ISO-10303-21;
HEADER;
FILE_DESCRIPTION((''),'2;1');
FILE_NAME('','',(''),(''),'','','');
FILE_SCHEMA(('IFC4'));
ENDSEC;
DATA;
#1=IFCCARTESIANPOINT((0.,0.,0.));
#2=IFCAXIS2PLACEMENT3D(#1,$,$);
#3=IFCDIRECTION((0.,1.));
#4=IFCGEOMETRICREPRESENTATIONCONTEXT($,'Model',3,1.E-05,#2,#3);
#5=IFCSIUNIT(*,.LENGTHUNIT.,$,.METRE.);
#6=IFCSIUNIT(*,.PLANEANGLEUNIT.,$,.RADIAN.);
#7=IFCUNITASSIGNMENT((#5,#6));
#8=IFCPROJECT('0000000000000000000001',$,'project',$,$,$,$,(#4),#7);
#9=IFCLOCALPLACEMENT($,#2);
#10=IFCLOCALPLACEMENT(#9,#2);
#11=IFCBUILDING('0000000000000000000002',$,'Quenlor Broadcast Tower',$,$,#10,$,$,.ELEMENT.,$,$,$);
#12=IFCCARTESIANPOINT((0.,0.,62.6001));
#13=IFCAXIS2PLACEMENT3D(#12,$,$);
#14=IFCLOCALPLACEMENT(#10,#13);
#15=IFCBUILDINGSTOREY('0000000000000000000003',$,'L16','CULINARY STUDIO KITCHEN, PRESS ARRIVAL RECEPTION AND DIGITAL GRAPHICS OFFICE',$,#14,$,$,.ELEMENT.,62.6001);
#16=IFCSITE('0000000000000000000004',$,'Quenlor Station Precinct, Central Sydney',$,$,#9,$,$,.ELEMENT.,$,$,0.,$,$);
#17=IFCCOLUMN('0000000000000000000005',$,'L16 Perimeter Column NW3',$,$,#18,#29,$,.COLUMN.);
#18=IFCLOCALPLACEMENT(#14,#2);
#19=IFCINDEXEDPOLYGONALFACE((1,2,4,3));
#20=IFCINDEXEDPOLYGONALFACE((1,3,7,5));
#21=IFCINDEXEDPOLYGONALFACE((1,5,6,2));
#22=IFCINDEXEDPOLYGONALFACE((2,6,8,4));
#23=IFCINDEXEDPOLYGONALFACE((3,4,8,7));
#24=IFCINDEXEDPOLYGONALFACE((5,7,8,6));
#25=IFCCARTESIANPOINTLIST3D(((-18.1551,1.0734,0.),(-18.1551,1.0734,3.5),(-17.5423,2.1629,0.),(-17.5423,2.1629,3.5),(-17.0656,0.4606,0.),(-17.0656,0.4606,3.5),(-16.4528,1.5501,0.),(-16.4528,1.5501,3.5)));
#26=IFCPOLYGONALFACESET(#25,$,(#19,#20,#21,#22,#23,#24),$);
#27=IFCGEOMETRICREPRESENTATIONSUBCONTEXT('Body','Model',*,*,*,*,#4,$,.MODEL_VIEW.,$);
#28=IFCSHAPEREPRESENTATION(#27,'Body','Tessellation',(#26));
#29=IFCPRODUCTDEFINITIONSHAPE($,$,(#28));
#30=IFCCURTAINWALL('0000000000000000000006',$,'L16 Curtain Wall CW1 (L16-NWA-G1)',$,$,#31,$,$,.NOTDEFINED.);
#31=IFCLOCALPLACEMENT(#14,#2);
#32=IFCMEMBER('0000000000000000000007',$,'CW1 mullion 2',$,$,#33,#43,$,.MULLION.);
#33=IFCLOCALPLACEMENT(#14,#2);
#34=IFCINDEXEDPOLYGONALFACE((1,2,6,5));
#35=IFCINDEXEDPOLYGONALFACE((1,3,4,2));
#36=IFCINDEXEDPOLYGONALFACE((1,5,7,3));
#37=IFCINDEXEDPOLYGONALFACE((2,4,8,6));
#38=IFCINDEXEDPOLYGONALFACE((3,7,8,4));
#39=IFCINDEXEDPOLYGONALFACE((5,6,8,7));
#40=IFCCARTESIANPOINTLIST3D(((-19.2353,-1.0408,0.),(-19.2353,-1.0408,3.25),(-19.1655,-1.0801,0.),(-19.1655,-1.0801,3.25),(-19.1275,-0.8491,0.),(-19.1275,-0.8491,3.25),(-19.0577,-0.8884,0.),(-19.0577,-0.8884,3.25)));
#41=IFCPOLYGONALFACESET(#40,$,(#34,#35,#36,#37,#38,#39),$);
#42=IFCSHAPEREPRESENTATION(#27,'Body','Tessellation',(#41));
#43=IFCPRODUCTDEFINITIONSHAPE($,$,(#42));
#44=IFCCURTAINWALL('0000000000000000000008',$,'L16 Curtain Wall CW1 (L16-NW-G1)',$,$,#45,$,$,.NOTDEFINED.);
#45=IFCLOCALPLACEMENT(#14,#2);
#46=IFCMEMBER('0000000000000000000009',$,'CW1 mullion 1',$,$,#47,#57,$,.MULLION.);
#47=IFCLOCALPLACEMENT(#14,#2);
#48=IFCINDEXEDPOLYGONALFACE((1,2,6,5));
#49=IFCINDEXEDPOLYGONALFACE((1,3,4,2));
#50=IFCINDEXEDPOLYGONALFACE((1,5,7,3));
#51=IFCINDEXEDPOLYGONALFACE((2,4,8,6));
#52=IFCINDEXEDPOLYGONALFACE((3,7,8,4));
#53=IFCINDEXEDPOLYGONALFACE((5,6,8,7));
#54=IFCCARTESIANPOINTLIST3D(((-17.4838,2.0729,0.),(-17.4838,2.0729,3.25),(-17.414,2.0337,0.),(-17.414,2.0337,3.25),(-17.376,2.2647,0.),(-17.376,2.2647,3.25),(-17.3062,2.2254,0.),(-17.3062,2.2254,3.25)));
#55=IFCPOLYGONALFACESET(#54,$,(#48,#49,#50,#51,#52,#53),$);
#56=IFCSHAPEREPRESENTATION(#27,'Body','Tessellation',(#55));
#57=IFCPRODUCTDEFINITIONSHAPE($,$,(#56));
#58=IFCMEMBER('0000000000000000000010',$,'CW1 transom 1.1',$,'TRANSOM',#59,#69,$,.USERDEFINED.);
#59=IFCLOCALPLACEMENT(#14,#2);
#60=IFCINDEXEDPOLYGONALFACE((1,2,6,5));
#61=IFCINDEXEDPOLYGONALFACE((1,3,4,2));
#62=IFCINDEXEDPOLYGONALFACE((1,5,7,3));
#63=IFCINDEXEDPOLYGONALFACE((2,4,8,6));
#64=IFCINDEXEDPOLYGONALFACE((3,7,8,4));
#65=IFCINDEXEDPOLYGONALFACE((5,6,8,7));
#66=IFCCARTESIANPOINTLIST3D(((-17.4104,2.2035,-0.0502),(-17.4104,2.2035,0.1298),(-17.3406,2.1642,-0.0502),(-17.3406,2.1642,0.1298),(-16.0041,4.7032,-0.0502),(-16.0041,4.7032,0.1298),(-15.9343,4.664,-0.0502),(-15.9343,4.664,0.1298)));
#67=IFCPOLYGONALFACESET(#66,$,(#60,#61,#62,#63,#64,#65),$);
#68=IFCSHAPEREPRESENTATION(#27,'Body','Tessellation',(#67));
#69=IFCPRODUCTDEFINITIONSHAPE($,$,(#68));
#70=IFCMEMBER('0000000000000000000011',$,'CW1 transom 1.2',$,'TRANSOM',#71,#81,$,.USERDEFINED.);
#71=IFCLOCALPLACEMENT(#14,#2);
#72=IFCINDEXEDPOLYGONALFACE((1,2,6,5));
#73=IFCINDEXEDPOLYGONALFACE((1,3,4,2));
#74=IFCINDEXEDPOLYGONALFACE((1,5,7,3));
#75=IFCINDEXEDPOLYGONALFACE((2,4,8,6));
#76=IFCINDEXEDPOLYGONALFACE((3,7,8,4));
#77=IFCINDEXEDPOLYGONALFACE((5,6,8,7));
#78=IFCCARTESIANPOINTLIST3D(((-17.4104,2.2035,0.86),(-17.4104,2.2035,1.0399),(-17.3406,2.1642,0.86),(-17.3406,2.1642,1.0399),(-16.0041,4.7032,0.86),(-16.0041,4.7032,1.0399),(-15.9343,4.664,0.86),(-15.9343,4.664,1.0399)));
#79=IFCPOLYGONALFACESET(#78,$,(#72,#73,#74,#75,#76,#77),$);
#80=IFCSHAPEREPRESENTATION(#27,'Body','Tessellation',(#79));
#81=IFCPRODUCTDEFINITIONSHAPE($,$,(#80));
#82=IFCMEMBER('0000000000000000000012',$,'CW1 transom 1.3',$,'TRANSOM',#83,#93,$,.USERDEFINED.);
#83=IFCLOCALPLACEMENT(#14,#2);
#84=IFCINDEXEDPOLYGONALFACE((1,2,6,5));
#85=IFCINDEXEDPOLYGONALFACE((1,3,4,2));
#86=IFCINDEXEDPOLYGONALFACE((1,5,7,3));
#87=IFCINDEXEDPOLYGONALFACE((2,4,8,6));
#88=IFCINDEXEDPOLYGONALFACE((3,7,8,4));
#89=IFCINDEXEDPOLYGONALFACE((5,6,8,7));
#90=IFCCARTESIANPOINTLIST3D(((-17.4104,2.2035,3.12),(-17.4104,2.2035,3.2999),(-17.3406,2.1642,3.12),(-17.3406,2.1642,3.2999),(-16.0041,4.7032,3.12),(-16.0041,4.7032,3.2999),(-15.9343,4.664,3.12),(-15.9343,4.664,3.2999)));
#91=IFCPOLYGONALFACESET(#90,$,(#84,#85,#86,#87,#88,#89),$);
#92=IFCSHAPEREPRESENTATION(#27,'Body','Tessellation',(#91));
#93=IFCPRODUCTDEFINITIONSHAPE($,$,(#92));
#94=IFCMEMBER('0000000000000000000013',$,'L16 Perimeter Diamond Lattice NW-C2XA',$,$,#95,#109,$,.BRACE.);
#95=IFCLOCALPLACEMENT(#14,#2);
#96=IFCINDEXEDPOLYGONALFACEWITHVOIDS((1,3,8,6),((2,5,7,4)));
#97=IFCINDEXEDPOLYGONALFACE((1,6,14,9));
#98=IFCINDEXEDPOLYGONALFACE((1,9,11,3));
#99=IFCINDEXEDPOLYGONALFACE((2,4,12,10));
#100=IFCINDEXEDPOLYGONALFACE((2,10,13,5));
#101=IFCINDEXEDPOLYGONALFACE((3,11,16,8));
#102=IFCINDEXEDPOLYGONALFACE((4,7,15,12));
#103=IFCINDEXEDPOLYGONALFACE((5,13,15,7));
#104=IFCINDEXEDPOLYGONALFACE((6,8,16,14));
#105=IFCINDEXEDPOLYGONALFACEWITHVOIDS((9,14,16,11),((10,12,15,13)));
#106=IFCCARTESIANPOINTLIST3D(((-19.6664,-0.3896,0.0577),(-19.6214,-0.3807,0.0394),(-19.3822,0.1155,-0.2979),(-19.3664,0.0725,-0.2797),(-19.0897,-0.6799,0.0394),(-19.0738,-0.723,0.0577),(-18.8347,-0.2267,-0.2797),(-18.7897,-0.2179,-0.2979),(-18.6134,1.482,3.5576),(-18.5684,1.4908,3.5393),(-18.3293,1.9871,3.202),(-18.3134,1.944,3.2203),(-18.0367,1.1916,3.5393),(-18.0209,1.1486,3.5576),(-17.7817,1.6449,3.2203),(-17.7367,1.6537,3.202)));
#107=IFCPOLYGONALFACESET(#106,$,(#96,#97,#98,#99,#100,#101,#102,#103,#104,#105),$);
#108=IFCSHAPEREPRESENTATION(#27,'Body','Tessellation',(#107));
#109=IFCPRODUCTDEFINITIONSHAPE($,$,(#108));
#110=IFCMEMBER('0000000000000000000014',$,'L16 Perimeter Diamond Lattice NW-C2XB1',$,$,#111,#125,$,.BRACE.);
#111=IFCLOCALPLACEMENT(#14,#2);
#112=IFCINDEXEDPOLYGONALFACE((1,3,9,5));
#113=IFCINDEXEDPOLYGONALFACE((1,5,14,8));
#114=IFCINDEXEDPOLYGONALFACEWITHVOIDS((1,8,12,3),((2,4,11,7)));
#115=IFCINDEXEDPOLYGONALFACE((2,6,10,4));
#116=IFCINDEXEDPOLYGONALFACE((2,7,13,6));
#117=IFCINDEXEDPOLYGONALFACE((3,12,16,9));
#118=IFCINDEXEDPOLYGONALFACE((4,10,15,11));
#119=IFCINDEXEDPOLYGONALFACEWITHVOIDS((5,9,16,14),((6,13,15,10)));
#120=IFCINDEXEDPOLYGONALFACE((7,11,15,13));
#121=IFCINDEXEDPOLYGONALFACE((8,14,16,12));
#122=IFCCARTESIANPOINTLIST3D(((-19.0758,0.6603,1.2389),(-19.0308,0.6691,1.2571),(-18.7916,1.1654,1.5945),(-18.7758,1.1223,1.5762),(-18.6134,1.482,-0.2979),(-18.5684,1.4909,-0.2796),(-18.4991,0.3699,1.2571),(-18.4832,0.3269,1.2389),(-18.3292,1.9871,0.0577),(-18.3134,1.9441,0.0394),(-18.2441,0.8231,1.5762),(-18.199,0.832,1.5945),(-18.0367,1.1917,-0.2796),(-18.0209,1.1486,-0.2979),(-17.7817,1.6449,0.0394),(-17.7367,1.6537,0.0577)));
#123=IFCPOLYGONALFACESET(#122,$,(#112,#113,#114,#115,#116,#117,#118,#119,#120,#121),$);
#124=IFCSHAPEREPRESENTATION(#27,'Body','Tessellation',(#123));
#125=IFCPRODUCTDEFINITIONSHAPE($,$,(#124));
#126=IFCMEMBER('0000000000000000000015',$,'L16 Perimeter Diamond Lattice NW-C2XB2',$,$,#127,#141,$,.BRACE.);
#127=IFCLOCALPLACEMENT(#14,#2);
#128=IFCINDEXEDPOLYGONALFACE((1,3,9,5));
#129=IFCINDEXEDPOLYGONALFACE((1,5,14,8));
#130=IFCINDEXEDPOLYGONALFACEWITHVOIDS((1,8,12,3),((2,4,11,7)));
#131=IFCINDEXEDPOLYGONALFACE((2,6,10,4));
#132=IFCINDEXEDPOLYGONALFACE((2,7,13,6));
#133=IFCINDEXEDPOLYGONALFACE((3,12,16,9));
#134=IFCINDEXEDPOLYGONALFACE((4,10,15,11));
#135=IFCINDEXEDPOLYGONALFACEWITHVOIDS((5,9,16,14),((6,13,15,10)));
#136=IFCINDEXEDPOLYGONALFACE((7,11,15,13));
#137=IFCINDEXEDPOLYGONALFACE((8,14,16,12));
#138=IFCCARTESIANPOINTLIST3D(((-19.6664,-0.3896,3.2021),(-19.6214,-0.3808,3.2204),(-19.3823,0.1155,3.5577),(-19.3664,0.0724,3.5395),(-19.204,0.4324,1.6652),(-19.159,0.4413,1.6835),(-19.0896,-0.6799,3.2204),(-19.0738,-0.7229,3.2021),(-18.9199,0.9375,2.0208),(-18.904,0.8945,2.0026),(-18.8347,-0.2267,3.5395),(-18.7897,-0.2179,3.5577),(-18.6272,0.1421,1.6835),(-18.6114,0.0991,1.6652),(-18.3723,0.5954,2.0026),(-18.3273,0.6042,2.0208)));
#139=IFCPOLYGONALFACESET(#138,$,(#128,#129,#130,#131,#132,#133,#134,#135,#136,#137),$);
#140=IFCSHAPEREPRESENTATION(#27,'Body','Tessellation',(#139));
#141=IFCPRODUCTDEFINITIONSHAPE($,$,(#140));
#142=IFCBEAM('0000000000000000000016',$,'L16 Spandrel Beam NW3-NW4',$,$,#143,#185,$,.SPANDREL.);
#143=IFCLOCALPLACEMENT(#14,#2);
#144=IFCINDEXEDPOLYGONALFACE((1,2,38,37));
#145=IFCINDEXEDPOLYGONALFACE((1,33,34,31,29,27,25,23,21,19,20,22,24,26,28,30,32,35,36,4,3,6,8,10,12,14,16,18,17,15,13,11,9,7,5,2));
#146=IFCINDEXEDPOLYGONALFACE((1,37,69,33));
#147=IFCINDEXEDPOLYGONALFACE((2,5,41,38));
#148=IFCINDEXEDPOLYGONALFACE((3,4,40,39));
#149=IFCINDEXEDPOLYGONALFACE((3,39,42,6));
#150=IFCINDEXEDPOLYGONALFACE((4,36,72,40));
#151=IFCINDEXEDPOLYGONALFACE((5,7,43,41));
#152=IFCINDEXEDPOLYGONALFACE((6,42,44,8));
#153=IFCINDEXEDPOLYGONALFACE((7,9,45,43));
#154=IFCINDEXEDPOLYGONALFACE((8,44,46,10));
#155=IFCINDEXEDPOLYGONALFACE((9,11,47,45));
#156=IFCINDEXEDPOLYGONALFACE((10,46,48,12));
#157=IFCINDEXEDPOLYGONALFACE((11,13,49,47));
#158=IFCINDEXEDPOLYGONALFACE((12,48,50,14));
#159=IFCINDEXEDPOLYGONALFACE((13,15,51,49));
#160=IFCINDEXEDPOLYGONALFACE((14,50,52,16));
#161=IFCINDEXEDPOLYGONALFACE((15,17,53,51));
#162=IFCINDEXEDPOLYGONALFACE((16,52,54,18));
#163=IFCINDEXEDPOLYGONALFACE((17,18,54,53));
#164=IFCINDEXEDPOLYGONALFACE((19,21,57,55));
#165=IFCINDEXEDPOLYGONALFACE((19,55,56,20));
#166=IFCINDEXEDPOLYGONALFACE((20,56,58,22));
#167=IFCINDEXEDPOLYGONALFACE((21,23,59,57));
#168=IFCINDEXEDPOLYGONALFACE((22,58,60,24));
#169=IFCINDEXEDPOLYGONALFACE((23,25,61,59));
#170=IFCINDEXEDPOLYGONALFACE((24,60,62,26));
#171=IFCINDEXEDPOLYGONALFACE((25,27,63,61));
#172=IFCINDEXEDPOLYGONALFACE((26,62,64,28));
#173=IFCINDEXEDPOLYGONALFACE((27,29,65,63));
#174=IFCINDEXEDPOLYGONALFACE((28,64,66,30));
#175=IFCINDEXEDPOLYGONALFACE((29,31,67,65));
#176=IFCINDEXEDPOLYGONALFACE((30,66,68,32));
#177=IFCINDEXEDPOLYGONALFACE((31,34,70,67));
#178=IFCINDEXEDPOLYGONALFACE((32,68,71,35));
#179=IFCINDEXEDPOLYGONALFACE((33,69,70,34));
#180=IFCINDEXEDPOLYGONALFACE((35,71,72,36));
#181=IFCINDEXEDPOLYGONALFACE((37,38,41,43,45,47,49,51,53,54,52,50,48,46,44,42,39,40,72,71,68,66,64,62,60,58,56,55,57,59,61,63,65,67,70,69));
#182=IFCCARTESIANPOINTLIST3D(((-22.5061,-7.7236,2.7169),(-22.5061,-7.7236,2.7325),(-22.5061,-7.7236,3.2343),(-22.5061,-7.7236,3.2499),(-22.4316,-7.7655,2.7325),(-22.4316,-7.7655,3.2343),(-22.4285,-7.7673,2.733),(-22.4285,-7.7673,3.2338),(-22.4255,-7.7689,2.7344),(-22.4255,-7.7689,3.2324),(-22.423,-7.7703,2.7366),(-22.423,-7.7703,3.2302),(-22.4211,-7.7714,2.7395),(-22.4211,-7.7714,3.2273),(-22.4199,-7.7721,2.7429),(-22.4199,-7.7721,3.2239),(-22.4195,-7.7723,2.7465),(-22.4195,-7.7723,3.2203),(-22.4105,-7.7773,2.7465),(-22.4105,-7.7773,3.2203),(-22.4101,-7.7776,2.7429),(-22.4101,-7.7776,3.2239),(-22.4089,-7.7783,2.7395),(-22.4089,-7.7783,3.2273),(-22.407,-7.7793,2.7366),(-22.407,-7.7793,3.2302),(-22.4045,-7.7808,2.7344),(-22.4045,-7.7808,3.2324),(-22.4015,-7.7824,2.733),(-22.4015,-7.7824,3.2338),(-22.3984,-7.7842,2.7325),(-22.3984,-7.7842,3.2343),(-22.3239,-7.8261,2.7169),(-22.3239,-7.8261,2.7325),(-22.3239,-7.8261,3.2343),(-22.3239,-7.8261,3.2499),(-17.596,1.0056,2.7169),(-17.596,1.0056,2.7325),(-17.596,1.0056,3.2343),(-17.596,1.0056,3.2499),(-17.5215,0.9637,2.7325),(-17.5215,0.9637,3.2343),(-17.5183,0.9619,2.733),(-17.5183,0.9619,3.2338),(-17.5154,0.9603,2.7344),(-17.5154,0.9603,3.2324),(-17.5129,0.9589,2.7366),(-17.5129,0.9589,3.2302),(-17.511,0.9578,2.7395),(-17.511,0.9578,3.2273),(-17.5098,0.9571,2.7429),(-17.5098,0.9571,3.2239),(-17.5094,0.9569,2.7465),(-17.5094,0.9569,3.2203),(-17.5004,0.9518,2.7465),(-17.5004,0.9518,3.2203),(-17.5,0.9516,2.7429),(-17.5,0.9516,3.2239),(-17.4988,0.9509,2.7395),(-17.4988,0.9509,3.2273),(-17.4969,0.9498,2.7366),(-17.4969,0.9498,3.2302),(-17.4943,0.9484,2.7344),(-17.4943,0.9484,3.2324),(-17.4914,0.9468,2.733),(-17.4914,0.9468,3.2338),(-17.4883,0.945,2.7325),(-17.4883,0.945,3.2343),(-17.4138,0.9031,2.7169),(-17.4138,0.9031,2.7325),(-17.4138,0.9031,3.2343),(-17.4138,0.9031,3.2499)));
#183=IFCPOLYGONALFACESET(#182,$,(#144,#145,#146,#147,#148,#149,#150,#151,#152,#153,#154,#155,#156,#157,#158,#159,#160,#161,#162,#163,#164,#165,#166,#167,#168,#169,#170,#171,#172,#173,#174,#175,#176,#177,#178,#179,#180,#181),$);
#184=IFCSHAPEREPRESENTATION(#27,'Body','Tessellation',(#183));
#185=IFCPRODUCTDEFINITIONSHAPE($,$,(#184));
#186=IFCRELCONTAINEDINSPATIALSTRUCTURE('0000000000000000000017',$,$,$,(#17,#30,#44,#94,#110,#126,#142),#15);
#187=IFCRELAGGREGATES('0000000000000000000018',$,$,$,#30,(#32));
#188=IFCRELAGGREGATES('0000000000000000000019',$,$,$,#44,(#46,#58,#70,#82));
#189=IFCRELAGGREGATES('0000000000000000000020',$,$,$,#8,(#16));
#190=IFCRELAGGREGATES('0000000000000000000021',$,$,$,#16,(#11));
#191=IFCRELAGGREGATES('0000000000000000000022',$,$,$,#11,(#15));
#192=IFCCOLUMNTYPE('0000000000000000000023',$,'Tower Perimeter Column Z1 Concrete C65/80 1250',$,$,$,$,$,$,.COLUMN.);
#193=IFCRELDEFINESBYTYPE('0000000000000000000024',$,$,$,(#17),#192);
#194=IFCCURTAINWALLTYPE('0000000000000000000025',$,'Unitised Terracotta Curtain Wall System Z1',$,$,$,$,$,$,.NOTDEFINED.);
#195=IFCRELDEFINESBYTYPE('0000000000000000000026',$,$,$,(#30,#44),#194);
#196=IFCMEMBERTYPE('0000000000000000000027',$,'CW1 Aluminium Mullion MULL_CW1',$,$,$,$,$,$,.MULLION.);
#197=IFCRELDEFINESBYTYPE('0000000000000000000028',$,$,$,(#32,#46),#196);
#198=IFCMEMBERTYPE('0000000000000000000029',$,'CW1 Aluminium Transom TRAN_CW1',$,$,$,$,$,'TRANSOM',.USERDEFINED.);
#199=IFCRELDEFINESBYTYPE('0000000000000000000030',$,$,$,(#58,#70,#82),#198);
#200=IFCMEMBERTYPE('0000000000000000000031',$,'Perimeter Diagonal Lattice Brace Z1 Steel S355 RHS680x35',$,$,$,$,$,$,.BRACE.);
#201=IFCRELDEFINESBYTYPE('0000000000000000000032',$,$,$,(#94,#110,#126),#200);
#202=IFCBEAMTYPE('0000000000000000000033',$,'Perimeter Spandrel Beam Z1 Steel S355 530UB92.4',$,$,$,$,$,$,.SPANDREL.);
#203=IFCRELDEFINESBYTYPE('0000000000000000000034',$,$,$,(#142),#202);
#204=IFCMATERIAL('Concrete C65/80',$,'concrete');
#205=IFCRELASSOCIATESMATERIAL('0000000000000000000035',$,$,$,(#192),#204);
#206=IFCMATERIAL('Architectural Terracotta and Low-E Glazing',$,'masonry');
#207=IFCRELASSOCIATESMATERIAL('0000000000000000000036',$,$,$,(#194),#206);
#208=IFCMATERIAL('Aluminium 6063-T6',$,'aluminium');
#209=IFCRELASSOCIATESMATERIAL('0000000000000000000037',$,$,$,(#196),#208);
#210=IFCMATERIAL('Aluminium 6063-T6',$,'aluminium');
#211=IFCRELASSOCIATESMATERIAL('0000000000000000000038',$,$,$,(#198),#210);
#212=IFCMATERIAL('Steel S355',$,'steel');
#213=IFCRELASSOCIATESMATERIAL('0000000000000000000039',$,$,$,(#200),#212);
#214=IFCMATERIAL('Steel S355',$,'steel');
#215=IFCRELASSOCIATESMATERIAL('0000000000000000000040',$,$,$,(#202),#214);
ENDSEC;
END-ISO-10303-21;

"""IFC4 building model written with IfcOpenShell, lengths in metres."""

from ifc_helpers import new_model, si_unit, direction, frame, origin, origin_2d, place, context, subcontext, project, spatial, rectangle, hollow_rectangle, i_section, extrude, material, material_profile, profile_set, type_object, element, aggregate, save


model = new_model("IFC4")

# Units and contexts
model_context = context("Model", 3, precision=1e-05, world=origin(), true_north=direction((0.0, 1.0)))
body_context = subcontext(model_context, "Body", "Model", "MODEL_VIEW")
ifc_project = project(units=[si_unit("LENGTHUNIT", "METRE"), si_unit("PLANEANGLEUNIT", "RADIAN")], contexts=[model_context])

# Site, building, storey
site_placement = place(None, origin())
site = spatial("IfcSite", under=ifc_project, at=site_placement, Name="Quenlor Station Precinct, Central Sydney", CompositionType="ELEMENT", RefElevation=0.0)
building_placement = place(site_placement, origin())
building = spatial("IfcBuilding", under=site, at=building_placement, Name="Quenlor Broadcast Tower", CompositionType="ELEMENT")
storey_placement = place(building_placement, frame((0.0, 0.0, 62.6001)))
storey = spatial("IfcBuildingStorey", under=building, at=storey_placement, Name="L16", Description="CULINARY STUDIO KITCHEN, PRESS ARRIVAL RECEPTION AND DIGITAL GRAPHICS OFFICE", CompositionType="ELEMENT", Elevation=62.6001)

# Column
ifc_material_1 = material(Name="Concrete C65/80", Category="concrete")
ifc_material_profile_1 = material_profile(ifc_material_1, rectangle(XDim=1.25, YDim=1.25, at=origin_2d()))
ifc_profile_set_1 = profile_set([ifc_material_profile_1], Name="Concrete C65/80 RC1250x1250")
column_type = type_object("IfcColumnType", Name="Tower Perimeter Column Z1 Concrete C65/80 1250", PredefinedType="COLUMN", material=ifc_profile_set_1)
column_placement = place(storey_placement, frame((-17.304, 1.3118, 0.0), z_axis=(0.0, 0.0, 1.0), x_axis=(-0.871575, 0.490262, 0.0)))
element("IfcColumn", 1, at=column_placement, inside=storey, type_object=column_type, Name="L16 Perimeter Column NW3", PredefinedType="COLUMN", context=body_context, shape_type="SweptSolid", body=[
    extrude(rectangle(XDim=1.25, YDim=1.25, at=origin_2d()), origin(), (0.0, 0.0, 1.0), 3.5),
])

# Curtain wall, member
ifc_material_2 = material(Name="Architectural Terracotta and Low-E Glazing", Category="masonry")
curtain_wall_type = type_object("IfcCurtainWallType", Name="Unitised Terracotta Curtain Wall System Z1", PredefinedType="NOTDEFINED", material=ifc_material_2)
curtain_wall_1_placement = place(storey_placement, origin())
curtain_wall_1 = element("IfcCurtainWall", 2, at=curtain_wall_1_placement, inside=storey, type_object=curtain_wall_type, Name="L16 Curtain Wall CW1 (L16-NWA-G1)", PredefinedType="NOTDEFINED")
ifc_material_3 = material(Name="Aluminium 6063-T6", Category="aluminium")
ifc_material_profile_2 = material_profile(ifc_material_3, rectangle(XDim=0.0801, YDim=0.22, at=origin_2d()))
ifc_profile_set_2 = profile_set([ifc_material_profile_2], Name="Aluminium 6063-T6 MULL80x220")
member_type_1 = type_object("IfcMemberType", Name="CW1 Aluminium Mullion MULL_CW1", PredefinedType="MULLION", material=ifc_profile_set_2)
member_1_placement = place(storey_placement, frame((-19.1465, -0.9646, 0.0), z_axis=(0.0, 0.0, 1.0), x_axis=(-0.871578, 0.490257, 0.0)))
member_1 = element("IfcMember", 3, at=member_1_placement, type_object=member_type_1, Name="CW1 mullion 2", PredefinedType="MULLION", context=body_context, shape_type="SweptSolid", body=[
    extrude(rectangle(XDim=0.0801, YDim=0.22, at=origin_2d()), origin(), (0.0, 0.0, 1.0), 3.25),
])

# Curtain wall, members
curtain_wall_2_placement = place(storey_placement, origin())
curtain_wall_2 = element("IfcCurtainWall", 4, at=curtain_wall_2_placement, inside=storey, type_object=curtain_wall_type, Name="L16 Curtain Wall CW1 (L16-NW-G1)", PredefinedType="NOTDEFINED")
member_2_placement = place(storey_placement, frame((-17.395, 2.1492, 0.0), z_axis=(0.0, 0.0, 1.0), x_axis=(-0.871568, 0.490274, 0.0)))
member_2 = element("IfcMember", 5, at=member_2_placement, type_object=member_type_1, Name="CW1 mullion 1", PredefinedType="MULLION", context=body_context, shape_type="SweptSolid", body=[
    extrude(rectangle(XDim=0.0801, YDim=0.22, at=origin_2d()), origin(), (0.0, 0.0, 1.0), 3.25),
])
ifc_material_4 = material(Name="Aluminium 6063-T6", Category="aluminium")
ifc_material_profile_3 = material_profile(ifc_material_4, rectangle(XDim=0.0801, YDim=0.1799, at=origin_2d()))
ifc_profile_set_3 = profile_set([ifc_material_profile_3], Name="Aluminium 6063-T6 TRAN80x180")
member_type_2 = type_object("IfcMemberType", Name="CW1 Aluminium Transom TRAN_CW1", ElementType="TRANSOM", PredefinedType="USERDEFINED", material=ifc_profile_set_3)
member_3_placement = place(storey_placement, frame((-17.3755, 2.1838, 0.0398), z_axis=(0.490298, 0.871555, 0.0), x_axis=(-0.871555, 0.490298, 0.0)))
member_3 = element("IfcMember", 6, at=member_3_placement, type_object=member_type_2, Name="CW1 transom 1.1", ObjectType="TRANSOM", PredefinedType="USERDEFINED", context=body_context, shape_type="SweptSolid", body=[
    extrude(rectangle(XDim=0.0801, YDim=0.1799, at=origin_2d()), origin(), (0.0, 0.0, 1.0), 2.8682),
])
member_4_placement = place(storey_placement, frame((-17.3755, 2.1838, 0.95), z_axis=(0.490298, 0.871555, 0.0), x_axis=(-0.871555, 0.490298, 0.0)))
member_4 = element("IfcMember", 7, at=member_4_placement, type_object=member_type_2, Name="CW1 transom 1.2", ObjectType="TRANSOM", PredefinedType="USERDEFINED", context=body_context, shape_type="SweptSolid", body=[
    extrude(rectangle(XDim=0.0801, YDim=0.1799, at=origin_2d()), origin(), (0.0, 0.0, 1.0), 2.8682),
])
member_5_placement = place(storey_placement, frame((-17.3755, 2.1838, 3.21), z_axis=(0.490298, 0.871555, 0.0), x_axis=(-0.871555, 0.490298, 0.0)))
member_5 = element("IfcMember", 8, at=member_5_placement, type_object=member_type_2, Name="CW1 transom 1.3", ObjectType="TRANSOM", PredefinedType="USERDEFINED", context=body_context, shape_type="SweptSolid", body=[
    extrude(rectangle(XDim=0.0801, YDim=0.1799, at=origin_2d()), origin(), (0.0, 0.0, 1.0), 2.8682),
])

# Members
ifc_material_5 = material(Name="Steel S355", Category="steel")
ifc_material_profile_4 = material_profile(ifc_material_5, hollow_rectangle(XDim=0.6799, YDim=0.6799, WallThickness=0.0349, at=origin_2d()))
ifc_profile_set_4 = profile_set([ifc_material_profile_4], Name="Steel S355 RHS680x680x35")
member_type_3 = type_object("IfcMemberType", Name="Perimeter Diagonal Lattice Brace Z1 Steel S355 RHS680x35", PredefinedType="BRACE", material=ifc_profile_set_4)
member_6_placement = place(storey_placement, frame((-19.228, -0.3037, -0.1201), z_axis=(0.256431, 0.455785, 0.852352), x_axis=(-0.871533, 0.490337, 0.0)))
element("IfcMember", 9, at=member_6_placement, inside=storey, type_object=member_type_3, Name="L16 Perimeter Diamond Lattice NW-C2XA", PredefinedType="BRACE", context=body_context, shape_type="SweptSolid", body=[
    extrude(hollow_rectangle(XDim=0.6799, YDim=0.6799, WallThickness=0.0349, at=origin_2d()), origin(), (0.0, 0.0, 1.0), 4.1062),
])
member_7_placement = place(storey_placement, frame((-18.175, 1.5679, -0.1201), z_axis=(-0.256452, -0.455764, 0.852357), x_axis=(0.871506, -0.490384, 0.0)))
element("IfcMember", 10, at=member_7_placement, inside=storey, type_object=member_type_3, Name="L16 Perimeter Diamond Lattice NW-C2XB1", PredefinedType="BRACE", context=body_context, shape_type="SweptSolid", body=[
    extrude(hollow_rectangle(XDim=0.6799, YDim=0.6799, WallThickness=0.0349, at=origin_2d()), origin(), (0.0, 0.0, 1.0), 1.803),
])
member_8_placement = place(storey_placement, frame((-18.7656, 0.5183, 1.843), z_axis=(-0.256436, -0.455871, 0.852304), x_axis=(0.871569, -0.490274, 0.0)))
element("IfcMember", 11, at=member_8_placement, inside=storey, type_object=member_type_3, Name="L16 Perimeter Diamond Lattice NW-C2XB2", PredefinedType="BRACE", context=body_context, shape_type="SweptSolid", body=[
    extrude(hollow_rectangle(XDim=0.6799, YDim=0.6799, WallThickness=0.0349, at=origin_2d()), origin(), (0.0, 0.0, 1.0), 1.8032),
])

# Beam
ifc_material_6 = material(Name="Steel S355", Category="steel")
ifc_material_profile_5 = material_profile(ifc_material_6, i_section(OverallWidth=0.209, OverallDepth=0.533, WebThickness=0.0103, FlangeThickness=0.0156, FilletRadius=0.0139, at=origin_2d()))
ifc_profile_set_5 = profile_set([ifc_material_profile_5], Name="Steel S355 530UB92.4")
beam_type_1 = type_object("IfcBeamType", Name="Perimeter Spandrel Beam Z1 Steel S355 530UB92.4", PredefinedType="SPANDREL", material=ifc_profile_set_5)
beam_1_placement = place(storey_placement, frame((-17.5049, 0.9543, 2.9834), z_axis=(-0.490258, -0.871577, 0.0), x_axis=(0.871577, -0.490258, 0.0)))
element("IfcBeam", 12, at=beam_1_placement, inside=storey, type_object=beam_type_1, Name="L16 Spandrel Beam NW3-NW4", PredefinedType="SPANDREL", context=body_context, shape_type="SweptSolid", body=[
    extrude(i_section(OverallWidth=0.209, OverallDepth=0.533, WebThickness=0.0103, FlangeThickness=0.0156, FilletRadius=0.0139, at=origin_2d()), origin(), (0.0, 0.0, 1.0), 10.0154),
])

aggregate(curtain_wall_1, [member_1])
aggregate(curtain_wall_2, [member_2, member_3, member_4, member_5])

save(model, "model.ifc")
